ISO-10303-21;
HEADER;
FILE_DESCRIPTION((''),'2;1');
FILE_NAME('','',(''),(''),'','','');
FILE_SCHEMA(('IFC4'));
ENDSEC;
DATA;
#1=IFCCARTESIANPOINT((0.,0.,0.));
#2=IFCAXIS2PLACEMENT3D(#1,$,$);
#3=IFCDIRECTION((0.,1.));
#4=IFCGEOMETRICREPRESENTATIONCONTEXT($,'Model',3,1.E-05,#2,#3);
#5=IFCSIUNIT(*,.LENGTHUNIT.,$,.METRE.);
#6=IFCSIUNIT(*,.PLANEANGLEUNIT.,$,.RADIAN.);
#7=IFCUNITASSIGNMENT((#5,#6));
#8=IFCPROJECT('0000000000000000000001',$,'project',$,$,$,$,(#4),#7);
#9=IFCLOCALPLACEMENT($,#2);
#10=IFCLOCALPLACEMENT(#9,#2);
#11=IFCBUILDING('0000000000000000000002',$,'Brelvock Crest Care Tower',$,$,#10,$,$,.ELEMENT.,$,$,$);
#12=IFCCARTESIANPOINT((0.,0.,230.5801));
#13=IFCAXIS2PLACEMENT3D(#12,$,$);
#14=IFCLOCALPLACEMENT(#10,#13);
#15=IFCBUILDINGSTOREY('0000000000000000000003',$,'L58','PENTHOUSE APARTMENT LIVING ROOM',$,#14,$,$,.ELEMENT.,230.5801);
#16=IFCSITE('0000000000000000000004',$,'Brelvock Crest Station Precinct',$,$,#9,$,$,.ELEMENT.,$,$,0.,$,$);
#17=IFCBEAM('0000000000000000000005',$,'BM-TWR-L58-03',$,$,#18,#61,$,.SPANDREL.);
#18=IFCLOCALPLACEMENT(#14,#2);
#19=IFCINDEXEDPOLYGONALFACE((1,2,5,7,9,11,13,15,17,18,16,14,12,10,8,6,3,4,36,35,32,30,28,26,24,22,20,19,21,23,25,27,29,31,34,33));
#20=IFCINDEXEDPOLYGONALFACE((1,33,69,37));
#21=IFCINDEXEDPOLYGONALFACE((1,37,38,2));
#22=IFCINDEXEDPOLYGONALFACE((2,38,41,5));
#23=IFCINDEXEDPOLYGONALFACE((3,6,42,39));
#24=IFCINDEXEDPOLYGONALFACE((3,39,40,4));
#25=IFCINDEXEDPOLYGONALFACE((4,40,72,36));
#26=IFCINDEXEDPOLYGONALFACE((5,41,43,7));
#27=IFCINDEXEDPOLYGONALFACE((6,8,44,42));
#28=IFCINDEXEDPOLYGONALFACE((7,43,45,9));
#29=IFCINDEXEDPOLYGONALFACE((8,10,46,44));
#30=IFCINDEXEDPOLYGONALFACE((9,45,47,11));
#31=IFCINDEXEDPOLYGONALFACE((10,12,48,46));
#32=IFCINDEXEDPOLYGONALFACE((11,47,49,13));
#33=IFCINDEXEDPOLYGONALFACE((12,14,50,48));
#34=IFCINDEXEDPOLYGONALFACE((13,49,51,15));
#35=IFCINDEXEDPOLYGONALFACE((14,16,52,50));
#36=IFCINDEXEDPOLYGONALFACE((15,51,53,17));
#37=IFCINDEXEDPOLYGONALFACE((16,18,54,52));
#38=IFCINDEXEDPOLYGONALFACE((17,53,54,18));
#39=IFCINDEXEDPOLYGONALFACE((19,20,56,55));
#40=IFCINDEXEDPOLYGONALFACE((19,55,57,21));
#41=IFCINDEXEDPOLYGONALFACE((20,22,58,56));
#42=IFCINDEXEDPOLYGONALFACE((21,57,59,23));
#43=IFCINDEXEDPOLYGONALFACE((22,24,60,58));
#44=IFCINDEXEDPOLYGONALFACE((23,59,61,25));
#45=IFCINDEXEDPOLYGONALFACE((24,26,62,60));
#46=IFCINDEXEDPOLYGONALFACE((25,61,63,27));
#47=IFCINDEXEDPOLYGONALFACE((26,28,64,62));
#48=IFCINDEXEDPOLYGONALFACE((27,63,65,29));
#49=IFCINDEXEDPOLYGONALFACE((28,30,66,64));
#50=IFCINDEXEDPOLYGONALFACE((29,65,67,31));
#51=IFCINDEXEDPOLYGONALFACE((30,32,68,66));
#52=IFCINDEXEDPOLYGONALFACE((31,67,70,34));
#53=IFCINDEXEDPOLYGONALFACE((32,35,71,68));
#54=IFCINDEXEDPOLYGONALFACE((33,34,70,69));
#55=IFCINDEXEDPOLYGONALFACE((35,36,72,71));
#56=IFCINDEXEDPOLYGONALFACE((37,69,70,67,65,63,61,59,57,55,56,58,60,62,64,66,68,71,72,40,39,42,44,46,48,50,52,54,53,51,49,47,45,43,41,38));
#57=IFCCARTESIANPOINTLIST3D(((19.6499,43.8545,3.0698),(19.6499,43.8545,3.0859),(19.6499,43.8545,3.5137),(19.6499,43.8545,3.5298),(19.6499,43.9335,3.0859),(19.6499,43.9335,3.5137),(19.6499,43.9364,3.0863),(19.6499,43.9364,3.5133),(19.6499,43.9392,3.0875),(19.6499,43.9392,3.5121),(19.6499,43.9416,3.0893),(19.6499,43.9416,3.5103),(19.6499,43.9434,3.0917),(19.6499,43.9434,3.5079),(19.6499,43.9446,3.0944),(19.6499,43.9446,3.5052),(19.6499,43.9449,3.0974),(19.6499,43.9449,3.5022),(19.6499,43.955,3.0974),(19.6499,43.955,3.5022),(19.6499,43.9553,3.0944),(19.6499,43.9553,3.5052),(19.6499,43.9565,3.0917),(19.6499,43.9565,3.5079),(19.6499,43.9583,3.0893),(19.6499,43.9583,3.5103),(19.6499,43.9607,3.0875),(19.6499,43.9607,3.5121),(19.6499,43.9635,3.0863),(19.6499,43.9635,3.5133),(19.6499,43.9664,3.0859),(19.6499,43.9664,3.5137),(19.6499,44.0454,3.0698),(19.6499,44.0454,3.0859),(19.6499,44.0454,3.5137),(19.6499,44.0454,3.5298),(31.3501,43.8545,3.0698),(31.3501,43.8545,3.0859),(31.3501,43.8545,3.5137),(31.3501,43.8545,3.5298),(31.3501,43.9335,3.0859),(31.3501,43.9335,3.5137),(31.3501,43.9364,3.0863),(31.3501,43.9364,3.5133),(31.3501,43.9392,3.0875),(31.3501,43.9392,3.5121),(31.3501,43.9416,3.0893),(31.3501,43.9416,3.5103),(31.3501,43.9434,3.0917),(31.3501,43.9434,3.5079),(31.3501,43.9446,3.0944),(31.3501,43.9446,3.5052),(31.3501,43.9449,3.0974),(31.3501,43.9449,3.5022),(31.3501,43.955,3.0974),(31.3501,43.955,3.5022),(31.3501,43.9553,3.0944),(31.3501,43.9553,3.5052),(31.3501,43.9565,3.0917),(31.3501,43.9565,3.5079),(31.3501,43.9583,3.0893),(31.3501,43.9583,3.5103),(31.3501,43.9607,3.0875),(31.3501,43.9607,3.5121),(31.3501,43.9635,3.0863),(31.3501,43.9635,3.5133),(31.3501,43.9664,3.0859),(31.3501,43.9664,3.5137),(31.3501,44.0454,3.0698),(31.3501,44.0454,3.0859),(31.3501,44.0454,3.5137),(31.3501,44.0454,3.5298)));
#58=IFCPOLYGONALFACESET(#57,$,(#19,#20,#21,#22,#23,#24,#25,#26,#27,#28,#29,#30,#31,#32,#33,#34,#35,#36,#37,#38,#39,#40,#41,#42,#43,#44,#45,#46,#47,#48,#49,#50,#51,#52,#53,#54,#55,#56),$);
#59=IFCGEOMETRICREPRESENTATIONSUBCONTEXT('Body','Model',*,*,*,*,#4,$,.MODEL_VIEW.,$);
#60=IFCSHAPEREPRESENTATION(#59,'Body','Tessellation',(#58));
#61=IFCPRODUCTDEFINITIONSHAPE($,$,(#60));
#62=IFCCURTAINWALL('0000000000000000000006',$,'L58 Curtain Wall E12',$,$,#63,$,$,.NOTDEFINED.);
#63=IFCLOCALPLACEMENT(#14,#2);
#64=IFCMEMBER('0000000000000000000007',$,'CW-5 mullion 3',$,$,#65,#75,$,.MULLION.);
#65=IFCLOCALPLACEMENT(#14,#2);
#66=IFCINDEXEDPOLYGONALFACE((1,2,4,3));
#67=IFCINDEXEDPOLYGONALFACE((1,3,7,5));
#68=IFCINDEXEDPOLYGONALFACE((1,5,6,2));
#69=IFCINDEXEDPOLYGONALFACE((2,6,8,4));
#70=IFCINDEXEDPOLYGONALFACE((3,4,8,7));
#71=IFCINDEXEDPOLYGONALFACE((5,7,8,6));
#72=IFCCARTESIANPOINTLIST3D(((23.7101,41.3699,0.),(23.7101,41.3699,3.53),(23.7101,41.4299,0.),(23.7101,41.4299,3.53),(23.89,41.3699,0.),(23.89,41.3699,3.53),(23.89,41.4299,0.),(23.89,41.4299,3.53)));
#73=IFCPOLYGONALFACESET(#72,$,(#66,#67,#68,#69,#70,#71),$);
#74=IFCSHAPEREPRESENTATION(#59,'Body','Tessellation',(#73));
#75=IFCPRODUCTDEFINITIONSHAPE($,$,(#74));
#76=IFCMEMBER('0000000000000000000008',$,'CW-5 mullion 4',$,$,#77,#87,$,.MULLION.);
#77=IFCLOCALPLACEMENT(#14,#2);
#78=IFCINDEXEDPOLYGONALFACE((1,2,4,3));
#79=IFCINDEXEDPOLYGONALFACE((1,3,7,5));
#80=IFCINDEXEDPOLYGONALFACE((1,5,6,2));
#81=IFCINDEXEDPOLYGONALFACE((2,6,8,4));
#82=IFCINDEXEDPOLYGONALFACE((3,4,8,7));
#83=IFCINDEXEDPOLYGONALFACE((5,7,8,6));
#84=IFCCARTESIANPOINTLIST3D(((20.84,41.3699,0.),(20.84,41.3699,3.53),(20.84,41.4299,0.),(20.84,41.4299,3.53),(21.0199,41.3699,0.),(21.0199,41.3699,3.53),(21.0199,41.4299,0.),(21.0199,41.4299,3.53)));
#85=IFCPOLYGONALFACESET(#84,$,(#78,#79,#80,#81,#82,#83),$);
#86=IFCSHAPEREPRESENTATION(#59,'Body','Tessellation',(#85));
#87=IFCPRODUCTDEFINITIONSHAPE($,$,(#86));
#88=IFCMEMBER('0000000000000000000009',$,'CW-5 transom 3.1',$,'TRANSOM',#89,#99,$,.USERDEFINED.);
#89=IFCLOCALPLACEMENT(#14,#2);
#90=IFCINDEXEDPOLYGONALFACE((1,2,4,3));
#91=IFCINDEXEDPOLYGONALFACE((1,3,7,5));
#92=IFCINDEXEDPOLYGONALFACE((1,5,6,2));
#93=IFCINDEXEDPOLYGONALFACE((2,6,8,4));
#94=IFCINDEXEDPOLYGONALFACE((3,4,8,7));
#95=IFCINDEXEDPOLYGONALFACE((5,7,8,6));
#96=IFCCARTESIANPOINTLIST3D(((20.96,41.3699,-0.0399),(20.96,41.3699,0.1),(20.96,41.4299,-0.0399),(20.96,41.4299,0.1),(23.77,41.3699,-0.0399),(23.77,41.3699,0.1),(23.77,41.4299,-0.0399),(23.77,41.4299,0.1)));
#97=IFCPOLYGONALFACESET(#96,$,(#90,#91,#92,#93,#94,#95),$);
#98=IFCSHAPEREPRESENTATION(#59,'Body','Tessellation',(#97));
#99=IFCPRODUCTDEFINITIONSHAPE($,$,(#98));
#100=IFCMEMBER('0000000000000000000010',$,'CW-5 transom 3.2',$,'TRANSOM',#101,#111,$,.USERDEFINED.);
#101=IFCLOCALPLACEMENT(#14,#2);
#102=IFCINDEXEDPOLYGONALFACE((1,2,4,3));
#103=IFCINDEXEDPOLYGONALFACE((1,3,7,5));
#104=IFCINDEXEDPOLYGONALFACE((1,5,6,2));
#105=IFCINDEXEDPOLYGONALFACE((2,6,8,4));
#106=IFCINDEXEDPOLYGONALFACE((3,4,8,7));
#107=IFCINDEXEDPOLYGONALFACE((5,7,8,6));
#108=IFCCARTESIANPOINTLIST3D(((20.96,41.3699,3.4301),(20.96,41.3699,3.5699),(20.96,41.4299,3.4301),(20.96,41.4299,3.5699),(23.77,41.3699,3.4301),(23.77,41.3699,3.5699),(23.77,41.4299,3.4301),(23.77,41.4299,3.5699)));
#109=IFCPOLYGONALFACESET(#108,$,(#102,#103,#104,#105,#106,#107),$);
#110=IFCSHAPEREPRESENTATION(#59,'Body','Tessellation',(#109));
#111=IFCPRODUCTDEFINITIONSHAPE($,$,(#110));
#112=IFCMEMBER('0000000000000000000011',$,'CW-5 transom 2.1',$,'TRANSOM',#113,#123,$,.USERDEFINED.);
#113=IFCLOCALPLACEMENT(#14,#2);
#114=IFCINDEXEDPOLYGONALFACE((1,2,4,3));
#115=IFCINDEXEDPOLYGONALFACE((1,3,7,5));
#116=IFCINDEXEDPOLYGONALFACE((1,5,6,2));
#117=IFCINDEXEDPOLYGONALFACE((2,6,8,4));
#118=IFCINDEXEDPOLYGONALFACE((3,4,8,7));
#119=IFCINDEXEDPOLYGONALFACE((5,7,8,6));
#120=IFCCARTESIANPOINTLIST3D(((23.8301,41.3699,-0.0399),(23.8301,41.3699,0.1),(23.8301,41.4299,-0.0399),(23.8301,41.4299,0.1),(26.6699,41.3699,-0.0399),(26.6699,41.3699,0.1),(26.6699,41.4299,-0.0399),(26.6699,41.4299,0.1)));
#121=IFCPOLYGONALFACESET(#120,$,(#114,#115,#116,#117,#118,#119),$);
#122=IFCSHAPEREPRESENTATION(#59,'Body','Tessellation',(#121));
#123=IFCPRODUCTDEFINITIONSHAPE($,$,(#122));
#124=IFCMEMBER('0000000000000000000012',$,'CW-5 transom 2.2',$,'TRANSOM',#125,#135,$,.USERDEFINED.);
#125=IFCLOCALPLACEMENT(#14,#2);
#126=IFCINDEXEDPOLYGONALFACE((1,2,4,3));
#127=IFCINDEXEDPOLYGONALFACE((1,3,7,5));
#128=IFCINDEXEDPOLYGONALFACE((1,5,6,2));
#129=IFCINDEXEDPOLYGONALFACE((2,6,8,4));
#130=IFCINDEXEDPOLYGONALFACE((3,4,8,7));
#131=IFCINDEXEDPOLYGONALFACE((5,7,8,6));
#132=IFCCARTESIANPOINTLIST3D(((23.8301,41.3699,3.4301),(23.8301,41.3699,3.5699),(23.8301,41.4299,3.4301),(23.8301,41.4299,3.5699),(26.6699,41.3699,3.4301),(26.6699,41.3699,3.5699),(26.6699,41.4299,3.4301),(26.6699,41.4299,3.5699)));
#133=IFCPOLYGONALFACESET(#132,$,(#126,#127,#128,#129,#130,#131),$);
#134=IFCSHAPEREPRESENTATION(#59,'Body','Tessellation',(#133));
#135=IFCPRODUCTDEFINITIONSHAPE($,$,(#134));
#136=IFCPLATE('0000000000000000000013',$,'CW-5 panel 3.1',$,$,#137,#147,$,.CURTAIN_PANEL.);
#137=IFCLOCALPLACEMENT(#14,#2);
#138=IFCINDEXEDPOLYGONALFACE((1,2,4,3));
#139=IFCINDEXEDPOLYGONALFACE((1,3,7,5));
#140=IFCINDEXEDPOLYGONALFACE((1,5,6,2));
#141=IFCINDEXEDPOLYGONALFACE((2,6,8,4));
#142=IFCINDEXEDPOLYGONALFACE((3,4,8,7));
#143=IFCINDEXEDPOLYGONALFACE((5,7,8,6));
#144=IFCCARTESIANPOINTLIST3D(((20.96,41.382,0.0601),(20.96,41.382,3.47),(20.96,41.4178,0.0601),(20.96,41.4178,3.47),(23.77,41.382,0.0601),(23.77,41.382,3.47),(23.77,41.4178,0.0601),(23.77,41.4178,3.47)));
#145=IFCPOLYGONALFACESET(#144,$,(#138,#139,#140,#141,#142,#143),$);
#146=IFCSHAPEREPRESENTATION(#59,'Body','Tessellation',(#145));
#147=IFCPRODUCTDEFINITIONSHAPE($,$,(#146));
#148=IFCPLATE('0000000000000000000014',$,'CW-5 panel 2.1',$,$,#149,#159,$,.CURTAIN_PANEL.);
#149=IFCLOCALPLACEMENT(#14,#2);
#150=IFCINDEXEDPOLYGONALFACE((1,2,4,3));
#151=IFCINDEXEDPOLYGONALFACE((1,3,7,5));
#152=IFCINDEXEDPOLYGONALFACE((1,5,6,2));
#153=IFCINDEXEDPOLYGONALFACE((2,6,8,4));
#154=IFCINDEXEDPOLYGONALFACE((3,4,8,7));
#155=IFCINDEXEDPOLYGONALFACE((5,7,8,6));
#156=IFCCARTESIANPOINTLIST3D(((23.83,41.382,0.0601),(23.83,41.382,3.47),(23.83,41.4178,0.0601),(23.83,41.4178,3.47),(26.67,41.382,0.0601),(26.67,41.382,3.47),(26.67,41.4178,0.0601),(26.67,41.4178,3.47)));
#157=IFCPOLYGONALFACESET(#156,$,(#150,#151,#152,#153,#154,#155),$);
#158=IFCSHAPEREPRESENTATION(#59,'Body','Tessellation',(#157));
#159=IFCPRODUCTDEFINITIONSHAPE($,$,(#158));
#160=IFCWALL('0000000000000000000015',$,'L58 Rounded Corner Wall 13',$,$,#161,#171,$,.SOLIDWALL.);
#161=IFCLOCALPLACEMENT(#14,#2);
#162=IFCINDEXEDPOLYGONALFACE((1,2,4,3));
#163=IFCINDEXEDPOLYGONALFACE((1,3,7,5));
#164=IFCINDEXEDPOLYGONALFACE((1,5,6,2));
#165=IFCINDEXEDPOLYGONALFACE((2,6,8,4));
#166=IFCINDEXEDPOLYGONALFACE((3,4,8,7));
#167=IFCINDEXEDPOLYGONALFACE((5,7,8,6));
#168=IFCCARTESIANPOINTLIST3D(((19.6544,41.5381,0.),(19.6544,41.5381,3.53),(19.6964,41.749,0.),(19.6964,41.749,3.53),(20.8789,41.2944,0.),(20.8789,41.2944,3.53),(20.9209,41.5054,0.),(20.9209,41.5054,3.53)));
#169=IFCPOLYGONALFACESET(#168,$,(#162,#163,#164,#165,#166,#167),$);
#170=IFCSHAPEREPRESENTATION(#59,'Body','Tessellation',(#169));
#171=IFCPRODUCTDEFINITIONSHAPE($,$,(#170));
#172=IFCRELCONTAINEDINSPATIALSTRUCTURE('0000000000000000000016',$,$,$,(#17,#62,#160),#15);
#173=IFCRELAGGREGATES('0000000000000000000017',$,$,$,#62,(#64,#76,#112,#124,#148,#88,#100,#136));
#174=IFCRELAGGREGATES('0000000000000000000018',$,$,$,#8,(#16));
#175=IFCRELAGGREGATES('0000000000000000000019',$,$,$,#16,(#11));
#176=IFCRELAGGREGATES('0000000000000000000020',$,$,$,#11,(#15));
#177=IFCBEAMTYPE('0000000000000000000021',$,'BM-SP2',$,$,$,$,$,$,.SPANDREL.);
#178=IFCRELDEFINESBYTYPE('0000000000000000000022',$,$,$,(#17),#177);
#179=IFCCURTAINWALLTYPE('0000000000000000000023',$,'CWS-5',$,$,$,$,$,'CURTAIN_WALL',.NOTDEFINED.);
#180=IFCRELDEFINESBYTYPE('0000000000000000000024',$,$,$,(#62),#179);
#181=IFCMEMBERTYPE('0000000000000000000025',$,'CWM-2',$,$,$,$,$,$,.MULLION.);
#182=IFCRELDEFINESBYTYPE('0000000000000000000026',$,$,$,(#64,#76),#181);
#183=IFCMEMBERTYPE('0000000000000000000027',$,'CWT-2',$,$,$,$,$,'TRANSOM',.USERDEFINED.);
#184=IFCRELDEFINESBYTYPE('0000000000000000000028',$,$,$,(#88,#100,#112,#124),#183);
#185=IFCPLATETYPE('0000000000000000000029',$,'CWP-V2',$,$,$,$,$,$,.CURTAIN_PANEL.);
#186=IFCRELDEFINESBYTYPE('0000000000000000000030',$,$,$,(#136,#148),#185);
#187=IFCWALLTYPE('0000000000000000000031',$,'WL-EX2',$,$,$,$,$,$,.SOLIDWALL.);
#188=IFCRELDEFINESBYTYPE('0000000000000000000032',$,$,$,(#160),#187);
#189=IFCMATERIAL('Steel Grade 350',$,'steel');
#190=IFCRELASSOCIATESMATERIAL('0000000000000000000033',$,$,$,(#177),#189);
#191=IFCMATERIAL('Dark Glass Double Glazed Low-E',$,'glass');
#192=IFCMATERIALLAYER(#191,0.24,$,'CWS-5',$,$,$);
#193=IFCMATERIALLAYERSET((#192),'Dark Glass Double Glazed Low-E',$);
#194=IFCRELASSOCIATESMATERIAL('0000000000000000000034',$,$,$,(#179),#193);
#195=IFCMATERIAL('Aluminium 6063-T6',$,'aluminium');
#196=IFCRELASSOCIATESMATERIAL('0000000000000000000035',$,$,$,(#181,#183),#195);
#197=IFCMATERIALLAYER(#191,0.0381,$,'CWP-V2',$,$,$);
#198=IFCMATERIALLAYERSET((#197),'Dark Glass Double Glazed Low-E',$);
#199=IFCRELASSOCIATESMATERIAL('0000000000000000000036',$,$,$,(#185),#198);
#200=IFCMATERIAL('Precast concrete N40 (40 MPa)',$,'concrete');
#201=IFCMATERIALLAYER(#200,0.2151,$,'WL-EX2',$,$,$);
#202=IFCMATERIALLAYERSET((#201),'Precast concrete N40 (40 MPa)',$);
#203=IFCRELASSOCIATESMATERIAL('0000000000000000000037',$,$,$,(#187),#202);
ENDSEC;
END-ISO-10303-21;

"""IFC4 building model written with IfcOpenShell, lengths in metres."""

from ifc_helpers import new_model, si_unit, direction, frame, frame_2d, origin, origin_2d, place, context, subcontext, project, spatial, rectangle, i_section, extrude, source, transform, mapped, material, layer, layer_set, material_profile, profile_set, type_object, element, aggregate, save


model = new_model("IFC4")

# Units and contexts
model_context = context("Model", 3, precision=1e-05, world=origin(), true_north=direction((0.0, 1.0)))
body_context = subcontext(model_context, "Body", "Model", "MODEL_VIEW")
ifc_project = project(units=[si_unit("LENGTHUNIT", "METRE"), si_unit("PLANEANGLEUNIT", "RADIAN")], contexts=[model_context])

# Site, building, storey
site_placement = place(None, origin())
site = spatial("IfcSite", under=ifc_project, at=site_placement, Name="Brelvock Crest Station Precinct", CompositionType="ELEMENT", RefElevation=0.0)
building_placement = place(site_placement, origin())
building = spatial("IfcBuilding", under=site, at=building_placement, Name="Brelvock Crest Care Tower", CompositionType="ELEMENT")
storey_placement = place(building_placement, frame((0.0, 0.0, 230.5801)))
storey = spatial("IfcBuildingStorey", under=building, at=storey_placement, Name="L58", Description="PENTHOUSE APARTMENT LIVING ROOM", CompositionType="ELEMENT", Elevation=230.5801)

# Shared definitions
ifc_material_1 = material(Name="Steel Grade 350", Category="steel")

# Beam
ifc_material_profile_1 = material_profile(ifc_material_1, i_section(OverallWidth=0.1909, OverallDepth=0.46, WebThickness=0.01, FlangeThickness=0.0161, FilletRadius=0.0115, at=origin_2d()), Name="460UB82.1")
ifc_profile_set_1 = profile_set([ifc_material_profile_1], Name="Steel Grade 350")
beam_type_1 = type_object("IfcBeamType", Name="BM-SP2", PredefinedType="SPANDREL", material=ifc_profile_set_1)
shared_shape_1 = source(origin(), body_context, "Body", "SweptSolid", [
    extrude(i_section(OverallWidth=0.1909, OverallDepth=0.46, WebThickness=0.01, FlangeThickness=0.0161, FilletRadius=0.0115, at=origin_2d()), origin(), (0.0, 0.0, 1.0), 11.7002),
])
beam_1_placement = place(storey_placement, frame((19.6499, 43.95, 3.2998), z_axis=(1.0, 0.0, 0.0), x_axis=(0.0, 1.0, 0.0)))
element("IfcBeam", 1, at=beam_1_placement, inside=storey, type_object=beam_type_1, Name="BM-TWR-L58-03", PredefinedType="SPANDREL", context=body_context, shape_type="MappedRepresentation", body=[
    mapped(shared_shape_1, transform((0.0, 0.0, 0.0), x_axis=(1.0, 0.0, 0.0), y_axis=(0.0, 1.0, 0.0), z_axis=(0.0, 0.0, 1.0), scale=1.0)),
])

# Curtain wall, members, plates
ifc_material_2 = material(Name="Dark Glass Double Glazed Low-E", Category="glass")
ifc_layer_1 = layer(ifc_material_2, 0.24, Name="CWS-5")
ifc_layer_set_1 = layer_set([ifc_layer_1], Name="Dark Glass Double Glazed Low-E")
curtain_wall_type = type_object("IfcCurtainWallType", Name="CWS-5", ElementType="CURTAIN_WALL", PredefinedType="NOTDEFINED", material=ifc_layer_set_1)
curtain_wall_placement = place(storey_placement, origin())
curtain_wall = element("IfcCurtainWall", 2, at=curtain_wall_placement, inside=storey, type_object=curtain_wall_type, Name="L58 Curtain Wall E12", PredefinedType="NOTDEFINED")
ifc_material_3 = material(Name="Aluminium 6063-T6", Category="aluminium")
ifc_material_profile_2 = material_profile(ifc_material_3, rectangle(XDim=0.0601, YDim=0.1799, at=origin_2d()), Name="ALU60x180")
ifc_profile_set_2 = profile_set([ifc_material_profile_2], Name="Aluminium 6063-T6")
member_type_1 = type_object("IfcMemberType", Name="CWM-2", PredefinedType="MULLION", material=ifc_profile_set_2)
shared_shape_2 = source(origin(), body_context, "Body", "SweptSolid", [
    extrude(rectangle(XDim=0.0601, YDim=0.1799, at=origin_2d()), origin(), (0.0, 0.0, 1.0), 3.53),
])
member_1_placement = place(storey_placement, frame((23.8, 41.3999, 0.0), z_axis=(0.0, 0.0, 1.0), x_axis=(0.0, -1.0, 0.0)))
member_1 = element("IfcMember", 3, at=member_1_placement, type_object=member_type_1, Name="CW-5 mullion 3", PredefinedType="MULLION", context=body_context, shape_type="MappedRepresentation", body=[
    mapped(shared_shape_2, transform((0.0, 0.0, 0.0), x_axis=(1.0, 0.0, 0.0), y_axis=(0.0, 1.0, 0.0), z_axis=(0.0, 0.0, 1.0), scale=1.0)),
])
member_2_placement = place(storey_placement, frame((20.9299, 41.3999, 0.0), z_axis=(0.0, 0.0, 1.0), x_axis=(0.0, -1.0, 0.0)))
member_2 = element("IfcMember", 4, at=member_2_placement, type_object=member_type_1, Name="CW-5 mullion 4", PredefinedType="MULLION", context=body_context, shape_type="MappedRepresentation", body=[
    mapped(shared_shape_2, transform((0.0, 0.0, 0.0), x_axis=(1.0, 0.0, 0.0), y_axis=(0.0, 1.0, 0.0), z_axis=(0.0, 0.0, 1.0), scale=1.0)),
])
ifc_material_profile_3 = material_profile(ifc_material_3, rectangle(XDim=0.0601, YDim=0.1399, at=origin_2d()), Name="ALU60x140")
ifc_profile_set_3 = profile_set([ifc_material_profile_3], Name="Aluminium 6063-T6")
member_type_2 = type_object("IfcMemberType", Name="CWT-2", ElementType="TRANSOM", PredefinedType="USERDEFINED", material=ifc_profile_set_3)
shared_shape_3 = source(origin(), body_context, "Body", "SweptSolid", [
    extrude(rectangle(XDim=0.0601, YDim=0.1399, at=origin_2d()), origin(), (0.0, 0.0, 1.0), 2.8101),
])
member_3_placement = place(storey_placement, frame((23.77, 41.3999, 0.03), z_axis=(-1.0, 0.0, 0.0), x_axis=(0.0, -1.0, 0.0)))
member_3 = element("IfcMember", 5, at=member_3_placement, type_object=member_type_2, Name="CW-5 transom 3.1", ObjectType="TRANSOM", PredefinedType="USERDEFINED", context=body_context, shape_type="MappedRepresentation", body=[
    mapped(shared_shape_3, transform((0.0, 0.0, 0.0), x_axis=(1.0, 0.0, 0.0), y_axis=(0.0, 1.0, 0.0), z_axis=(0.0, 0.0, 1.0), scale=1.0)),
])
member_4_placement = place(storey_placement, frame((23.77, 41.3999, 3.5), z_axis=(-1.0, 0.0, 0.0), x_axis=(0.0, -1.0, 0.0)))
member_4 = element("IfcMember", 6, at=member_4_placement, type_object=member_type_2, Name="CW-5 transom 3.2", ObjectType="TRANSOM", PredefinedType="USERDEFINED", context=body_context, shape_type="MappedRepresentation", body=[
    mapped(shared_shape_3, transform((0.0, 0.0, 0.0), x_axis=(1.0, 0.0, 0.0), y_axis=(0.0, 1.0, 0.0), z_axis=(0.0, 0.0, 1.0), scale=1.0)),
])
shared_shape_4 = source(origin(), body_context, "Body", "SweptSolid", [
    extrude(rectangle(XDim=0.0601, YDim=0.1399, at=origin_2d()), origin(), (0.0, 0.0, 1.0), 2.8398),
])
member_5_placement = place(storey_placement, frame((26.6699, 41.3999, 0.03), z_axis=(-1.0, 0.0, 0.0), x_axis=(0.0, -1.0, 0.0)))
member_5 = element("IfcMember", 7, at=member_5_placement, type_object=member_type_2, Name="CW-5 transom 2.1", ObjectType="TRANSOM", PredefinedType="USERDEFINED", context=body_context, shape_type="MappedRepresentation", body=[
    mapped(shared_shape_4, transform((0.0, 0.0, 0.0), x_axis=(1.0, 0.0, 0.0), y_axis=(0.0, 1.0, 0.0), z_axis=(0.0, 0.0, 1.0), scale=1.0)),
])
member_6_placement = place(storey_placement, frame((26.6699, 41.3999, 3.5), z_axis=(-1.0, 0.0, 0.0), x_axis=(0.0, -1.0, 0.0)))
member_6 = element("IfcMember", 8, at=member_6_placement, type_object=member_type_2, Name="CW-5 transom 2.2", ObjectType="TRANSOM", PredefinedType="USERDEFINED", context=body_context, shape_type="MappedRepresentation", body=[
    mapped(shared_shape_4, transform((0.0, 0.0, 0.0), x_axis=(1.0, 0.0, 0.0), y_axis=(0.0, 1.0, 0.0), z_axis=(0.0, 0.0, 1.0), scale=1.0)),
])
ifc_layer_2 = layer(ifc_material_2, 0.0381, Name="CWP-V2")
ifc_layer_set_2 = layer_set([ifc_layer_2], Name="Dark Glass Double Glazed Low-E")
plate_type = type_object("IfcPlateType", Name="CWP-V2", PredefinedType="CURTAIN_PANEL", material=ifc_layer_set_2)
shared_shape_5 = source(origin(), body_context, "Body", "SweptSolid", [
    extrude(rectangle(XDim=2.8101, YDim=0.0359, at=origin_2d()), origin(), (0.0, 0.0, 1.0), 3.4099),
])
plate_1_placement = place(storey_placement, frame((22.365, 41.3999, 0.0601), z_axis=(0.0, 0.0, 1.0), x_axis=(-1.0, 0.0, 0.0)))
plate_1 = element("IfcPlate", 9, at=plate_1_placement, type_object=plate_type, Name="CW-5 panel 3.1", PredefinedType="CURTAIN_PANEL", context=body_context, shape_type="MappedRepresentation", body=[
    mapped(shared_shape_5, transform((0.0, 0.0, 0.0), x_axis=(1.0, 0.0, 0.0), y_axis=(0.0, 1.0, 0.0), z_axis=(0.0, 0.0, 1.0), scale=1.0)),
])
shared_shape_6 = source(origin(), body_context, "Body", "SweptSolid", [
    extrude(rectangle(XDim=2.8401, YDim=0.0359, at=origin_2d()), origin(), (0.0, 0.0, 1.0), 3.4099),
])
plate_2_placement = place(storey_placement, frame((25.25, 41.3999, 0.0601), z_axis=(0.0, 0.0, 1.0), x_axis=(-1.0, 0.0, 0.0)))
plate_2 = element("IfcPlate", 10, at=plate_2_placement, type_object=plate_type, Name="CW-5 panel 2.1", PredefinedType="CURTAIN_PANEL", context=body_context, shape_type="MappedRepresentation", body=[
    mapped(shared_shape_6, transform((0.0, 0.0, 0.0), x_axis=(1.0, 0.0, 0.0), y_axis=(0.0, 1.0, 0.0), z_axis=(0.0, 0.0, 1.0), scale=1.0)),
])
aggregate(curtain_wall, [member_1, member_2, member_5, member_6, plate_2, member_3, member_4, plate_1])

# Wall
ifc_material_4 = material(Name="Precast concrete N40 (40 MPa)", Category="concrete")
ifc_layer_3 = layer(ifc_material_4, 0.2151, Name="WL-EX2")
ifc_layer_set_3 = layer_set([ifc_layer_3], Name="Precast concrete N40 (40 MPa)")
wall_type_1 = type_object("IfcWallType", Name="WL-EX2", PredefinedType="SOLIDWALL", material=ifc_layer_set_3)
for number, where, z_axis, x_axis, name in (
    (11, (20.8999, 41.3999, 0.0), (0.0, 0.0, 1.0), (-0.980776, 0.195138, 0.0), "L58 Rounded Corner Wall 13"),
):
    element("IfcWall", number, at=place(storey_placement, frame(where, z_axis=z_axis, x_axis=x_axis)), inside=storey, type_object=wall_type_1, Name=name, PredefinedType="SOLIDWALL", context=body_context, shape_type="SweptSolid", body=[
        extrude(rectangle(XDim=1.2485, YDim=0.2151, at=frame_2d((0.6243, 0.0))), origin(), (0.0, 0.0, 1.0), 3.53),
    ])

save(model, "model.ifc")
